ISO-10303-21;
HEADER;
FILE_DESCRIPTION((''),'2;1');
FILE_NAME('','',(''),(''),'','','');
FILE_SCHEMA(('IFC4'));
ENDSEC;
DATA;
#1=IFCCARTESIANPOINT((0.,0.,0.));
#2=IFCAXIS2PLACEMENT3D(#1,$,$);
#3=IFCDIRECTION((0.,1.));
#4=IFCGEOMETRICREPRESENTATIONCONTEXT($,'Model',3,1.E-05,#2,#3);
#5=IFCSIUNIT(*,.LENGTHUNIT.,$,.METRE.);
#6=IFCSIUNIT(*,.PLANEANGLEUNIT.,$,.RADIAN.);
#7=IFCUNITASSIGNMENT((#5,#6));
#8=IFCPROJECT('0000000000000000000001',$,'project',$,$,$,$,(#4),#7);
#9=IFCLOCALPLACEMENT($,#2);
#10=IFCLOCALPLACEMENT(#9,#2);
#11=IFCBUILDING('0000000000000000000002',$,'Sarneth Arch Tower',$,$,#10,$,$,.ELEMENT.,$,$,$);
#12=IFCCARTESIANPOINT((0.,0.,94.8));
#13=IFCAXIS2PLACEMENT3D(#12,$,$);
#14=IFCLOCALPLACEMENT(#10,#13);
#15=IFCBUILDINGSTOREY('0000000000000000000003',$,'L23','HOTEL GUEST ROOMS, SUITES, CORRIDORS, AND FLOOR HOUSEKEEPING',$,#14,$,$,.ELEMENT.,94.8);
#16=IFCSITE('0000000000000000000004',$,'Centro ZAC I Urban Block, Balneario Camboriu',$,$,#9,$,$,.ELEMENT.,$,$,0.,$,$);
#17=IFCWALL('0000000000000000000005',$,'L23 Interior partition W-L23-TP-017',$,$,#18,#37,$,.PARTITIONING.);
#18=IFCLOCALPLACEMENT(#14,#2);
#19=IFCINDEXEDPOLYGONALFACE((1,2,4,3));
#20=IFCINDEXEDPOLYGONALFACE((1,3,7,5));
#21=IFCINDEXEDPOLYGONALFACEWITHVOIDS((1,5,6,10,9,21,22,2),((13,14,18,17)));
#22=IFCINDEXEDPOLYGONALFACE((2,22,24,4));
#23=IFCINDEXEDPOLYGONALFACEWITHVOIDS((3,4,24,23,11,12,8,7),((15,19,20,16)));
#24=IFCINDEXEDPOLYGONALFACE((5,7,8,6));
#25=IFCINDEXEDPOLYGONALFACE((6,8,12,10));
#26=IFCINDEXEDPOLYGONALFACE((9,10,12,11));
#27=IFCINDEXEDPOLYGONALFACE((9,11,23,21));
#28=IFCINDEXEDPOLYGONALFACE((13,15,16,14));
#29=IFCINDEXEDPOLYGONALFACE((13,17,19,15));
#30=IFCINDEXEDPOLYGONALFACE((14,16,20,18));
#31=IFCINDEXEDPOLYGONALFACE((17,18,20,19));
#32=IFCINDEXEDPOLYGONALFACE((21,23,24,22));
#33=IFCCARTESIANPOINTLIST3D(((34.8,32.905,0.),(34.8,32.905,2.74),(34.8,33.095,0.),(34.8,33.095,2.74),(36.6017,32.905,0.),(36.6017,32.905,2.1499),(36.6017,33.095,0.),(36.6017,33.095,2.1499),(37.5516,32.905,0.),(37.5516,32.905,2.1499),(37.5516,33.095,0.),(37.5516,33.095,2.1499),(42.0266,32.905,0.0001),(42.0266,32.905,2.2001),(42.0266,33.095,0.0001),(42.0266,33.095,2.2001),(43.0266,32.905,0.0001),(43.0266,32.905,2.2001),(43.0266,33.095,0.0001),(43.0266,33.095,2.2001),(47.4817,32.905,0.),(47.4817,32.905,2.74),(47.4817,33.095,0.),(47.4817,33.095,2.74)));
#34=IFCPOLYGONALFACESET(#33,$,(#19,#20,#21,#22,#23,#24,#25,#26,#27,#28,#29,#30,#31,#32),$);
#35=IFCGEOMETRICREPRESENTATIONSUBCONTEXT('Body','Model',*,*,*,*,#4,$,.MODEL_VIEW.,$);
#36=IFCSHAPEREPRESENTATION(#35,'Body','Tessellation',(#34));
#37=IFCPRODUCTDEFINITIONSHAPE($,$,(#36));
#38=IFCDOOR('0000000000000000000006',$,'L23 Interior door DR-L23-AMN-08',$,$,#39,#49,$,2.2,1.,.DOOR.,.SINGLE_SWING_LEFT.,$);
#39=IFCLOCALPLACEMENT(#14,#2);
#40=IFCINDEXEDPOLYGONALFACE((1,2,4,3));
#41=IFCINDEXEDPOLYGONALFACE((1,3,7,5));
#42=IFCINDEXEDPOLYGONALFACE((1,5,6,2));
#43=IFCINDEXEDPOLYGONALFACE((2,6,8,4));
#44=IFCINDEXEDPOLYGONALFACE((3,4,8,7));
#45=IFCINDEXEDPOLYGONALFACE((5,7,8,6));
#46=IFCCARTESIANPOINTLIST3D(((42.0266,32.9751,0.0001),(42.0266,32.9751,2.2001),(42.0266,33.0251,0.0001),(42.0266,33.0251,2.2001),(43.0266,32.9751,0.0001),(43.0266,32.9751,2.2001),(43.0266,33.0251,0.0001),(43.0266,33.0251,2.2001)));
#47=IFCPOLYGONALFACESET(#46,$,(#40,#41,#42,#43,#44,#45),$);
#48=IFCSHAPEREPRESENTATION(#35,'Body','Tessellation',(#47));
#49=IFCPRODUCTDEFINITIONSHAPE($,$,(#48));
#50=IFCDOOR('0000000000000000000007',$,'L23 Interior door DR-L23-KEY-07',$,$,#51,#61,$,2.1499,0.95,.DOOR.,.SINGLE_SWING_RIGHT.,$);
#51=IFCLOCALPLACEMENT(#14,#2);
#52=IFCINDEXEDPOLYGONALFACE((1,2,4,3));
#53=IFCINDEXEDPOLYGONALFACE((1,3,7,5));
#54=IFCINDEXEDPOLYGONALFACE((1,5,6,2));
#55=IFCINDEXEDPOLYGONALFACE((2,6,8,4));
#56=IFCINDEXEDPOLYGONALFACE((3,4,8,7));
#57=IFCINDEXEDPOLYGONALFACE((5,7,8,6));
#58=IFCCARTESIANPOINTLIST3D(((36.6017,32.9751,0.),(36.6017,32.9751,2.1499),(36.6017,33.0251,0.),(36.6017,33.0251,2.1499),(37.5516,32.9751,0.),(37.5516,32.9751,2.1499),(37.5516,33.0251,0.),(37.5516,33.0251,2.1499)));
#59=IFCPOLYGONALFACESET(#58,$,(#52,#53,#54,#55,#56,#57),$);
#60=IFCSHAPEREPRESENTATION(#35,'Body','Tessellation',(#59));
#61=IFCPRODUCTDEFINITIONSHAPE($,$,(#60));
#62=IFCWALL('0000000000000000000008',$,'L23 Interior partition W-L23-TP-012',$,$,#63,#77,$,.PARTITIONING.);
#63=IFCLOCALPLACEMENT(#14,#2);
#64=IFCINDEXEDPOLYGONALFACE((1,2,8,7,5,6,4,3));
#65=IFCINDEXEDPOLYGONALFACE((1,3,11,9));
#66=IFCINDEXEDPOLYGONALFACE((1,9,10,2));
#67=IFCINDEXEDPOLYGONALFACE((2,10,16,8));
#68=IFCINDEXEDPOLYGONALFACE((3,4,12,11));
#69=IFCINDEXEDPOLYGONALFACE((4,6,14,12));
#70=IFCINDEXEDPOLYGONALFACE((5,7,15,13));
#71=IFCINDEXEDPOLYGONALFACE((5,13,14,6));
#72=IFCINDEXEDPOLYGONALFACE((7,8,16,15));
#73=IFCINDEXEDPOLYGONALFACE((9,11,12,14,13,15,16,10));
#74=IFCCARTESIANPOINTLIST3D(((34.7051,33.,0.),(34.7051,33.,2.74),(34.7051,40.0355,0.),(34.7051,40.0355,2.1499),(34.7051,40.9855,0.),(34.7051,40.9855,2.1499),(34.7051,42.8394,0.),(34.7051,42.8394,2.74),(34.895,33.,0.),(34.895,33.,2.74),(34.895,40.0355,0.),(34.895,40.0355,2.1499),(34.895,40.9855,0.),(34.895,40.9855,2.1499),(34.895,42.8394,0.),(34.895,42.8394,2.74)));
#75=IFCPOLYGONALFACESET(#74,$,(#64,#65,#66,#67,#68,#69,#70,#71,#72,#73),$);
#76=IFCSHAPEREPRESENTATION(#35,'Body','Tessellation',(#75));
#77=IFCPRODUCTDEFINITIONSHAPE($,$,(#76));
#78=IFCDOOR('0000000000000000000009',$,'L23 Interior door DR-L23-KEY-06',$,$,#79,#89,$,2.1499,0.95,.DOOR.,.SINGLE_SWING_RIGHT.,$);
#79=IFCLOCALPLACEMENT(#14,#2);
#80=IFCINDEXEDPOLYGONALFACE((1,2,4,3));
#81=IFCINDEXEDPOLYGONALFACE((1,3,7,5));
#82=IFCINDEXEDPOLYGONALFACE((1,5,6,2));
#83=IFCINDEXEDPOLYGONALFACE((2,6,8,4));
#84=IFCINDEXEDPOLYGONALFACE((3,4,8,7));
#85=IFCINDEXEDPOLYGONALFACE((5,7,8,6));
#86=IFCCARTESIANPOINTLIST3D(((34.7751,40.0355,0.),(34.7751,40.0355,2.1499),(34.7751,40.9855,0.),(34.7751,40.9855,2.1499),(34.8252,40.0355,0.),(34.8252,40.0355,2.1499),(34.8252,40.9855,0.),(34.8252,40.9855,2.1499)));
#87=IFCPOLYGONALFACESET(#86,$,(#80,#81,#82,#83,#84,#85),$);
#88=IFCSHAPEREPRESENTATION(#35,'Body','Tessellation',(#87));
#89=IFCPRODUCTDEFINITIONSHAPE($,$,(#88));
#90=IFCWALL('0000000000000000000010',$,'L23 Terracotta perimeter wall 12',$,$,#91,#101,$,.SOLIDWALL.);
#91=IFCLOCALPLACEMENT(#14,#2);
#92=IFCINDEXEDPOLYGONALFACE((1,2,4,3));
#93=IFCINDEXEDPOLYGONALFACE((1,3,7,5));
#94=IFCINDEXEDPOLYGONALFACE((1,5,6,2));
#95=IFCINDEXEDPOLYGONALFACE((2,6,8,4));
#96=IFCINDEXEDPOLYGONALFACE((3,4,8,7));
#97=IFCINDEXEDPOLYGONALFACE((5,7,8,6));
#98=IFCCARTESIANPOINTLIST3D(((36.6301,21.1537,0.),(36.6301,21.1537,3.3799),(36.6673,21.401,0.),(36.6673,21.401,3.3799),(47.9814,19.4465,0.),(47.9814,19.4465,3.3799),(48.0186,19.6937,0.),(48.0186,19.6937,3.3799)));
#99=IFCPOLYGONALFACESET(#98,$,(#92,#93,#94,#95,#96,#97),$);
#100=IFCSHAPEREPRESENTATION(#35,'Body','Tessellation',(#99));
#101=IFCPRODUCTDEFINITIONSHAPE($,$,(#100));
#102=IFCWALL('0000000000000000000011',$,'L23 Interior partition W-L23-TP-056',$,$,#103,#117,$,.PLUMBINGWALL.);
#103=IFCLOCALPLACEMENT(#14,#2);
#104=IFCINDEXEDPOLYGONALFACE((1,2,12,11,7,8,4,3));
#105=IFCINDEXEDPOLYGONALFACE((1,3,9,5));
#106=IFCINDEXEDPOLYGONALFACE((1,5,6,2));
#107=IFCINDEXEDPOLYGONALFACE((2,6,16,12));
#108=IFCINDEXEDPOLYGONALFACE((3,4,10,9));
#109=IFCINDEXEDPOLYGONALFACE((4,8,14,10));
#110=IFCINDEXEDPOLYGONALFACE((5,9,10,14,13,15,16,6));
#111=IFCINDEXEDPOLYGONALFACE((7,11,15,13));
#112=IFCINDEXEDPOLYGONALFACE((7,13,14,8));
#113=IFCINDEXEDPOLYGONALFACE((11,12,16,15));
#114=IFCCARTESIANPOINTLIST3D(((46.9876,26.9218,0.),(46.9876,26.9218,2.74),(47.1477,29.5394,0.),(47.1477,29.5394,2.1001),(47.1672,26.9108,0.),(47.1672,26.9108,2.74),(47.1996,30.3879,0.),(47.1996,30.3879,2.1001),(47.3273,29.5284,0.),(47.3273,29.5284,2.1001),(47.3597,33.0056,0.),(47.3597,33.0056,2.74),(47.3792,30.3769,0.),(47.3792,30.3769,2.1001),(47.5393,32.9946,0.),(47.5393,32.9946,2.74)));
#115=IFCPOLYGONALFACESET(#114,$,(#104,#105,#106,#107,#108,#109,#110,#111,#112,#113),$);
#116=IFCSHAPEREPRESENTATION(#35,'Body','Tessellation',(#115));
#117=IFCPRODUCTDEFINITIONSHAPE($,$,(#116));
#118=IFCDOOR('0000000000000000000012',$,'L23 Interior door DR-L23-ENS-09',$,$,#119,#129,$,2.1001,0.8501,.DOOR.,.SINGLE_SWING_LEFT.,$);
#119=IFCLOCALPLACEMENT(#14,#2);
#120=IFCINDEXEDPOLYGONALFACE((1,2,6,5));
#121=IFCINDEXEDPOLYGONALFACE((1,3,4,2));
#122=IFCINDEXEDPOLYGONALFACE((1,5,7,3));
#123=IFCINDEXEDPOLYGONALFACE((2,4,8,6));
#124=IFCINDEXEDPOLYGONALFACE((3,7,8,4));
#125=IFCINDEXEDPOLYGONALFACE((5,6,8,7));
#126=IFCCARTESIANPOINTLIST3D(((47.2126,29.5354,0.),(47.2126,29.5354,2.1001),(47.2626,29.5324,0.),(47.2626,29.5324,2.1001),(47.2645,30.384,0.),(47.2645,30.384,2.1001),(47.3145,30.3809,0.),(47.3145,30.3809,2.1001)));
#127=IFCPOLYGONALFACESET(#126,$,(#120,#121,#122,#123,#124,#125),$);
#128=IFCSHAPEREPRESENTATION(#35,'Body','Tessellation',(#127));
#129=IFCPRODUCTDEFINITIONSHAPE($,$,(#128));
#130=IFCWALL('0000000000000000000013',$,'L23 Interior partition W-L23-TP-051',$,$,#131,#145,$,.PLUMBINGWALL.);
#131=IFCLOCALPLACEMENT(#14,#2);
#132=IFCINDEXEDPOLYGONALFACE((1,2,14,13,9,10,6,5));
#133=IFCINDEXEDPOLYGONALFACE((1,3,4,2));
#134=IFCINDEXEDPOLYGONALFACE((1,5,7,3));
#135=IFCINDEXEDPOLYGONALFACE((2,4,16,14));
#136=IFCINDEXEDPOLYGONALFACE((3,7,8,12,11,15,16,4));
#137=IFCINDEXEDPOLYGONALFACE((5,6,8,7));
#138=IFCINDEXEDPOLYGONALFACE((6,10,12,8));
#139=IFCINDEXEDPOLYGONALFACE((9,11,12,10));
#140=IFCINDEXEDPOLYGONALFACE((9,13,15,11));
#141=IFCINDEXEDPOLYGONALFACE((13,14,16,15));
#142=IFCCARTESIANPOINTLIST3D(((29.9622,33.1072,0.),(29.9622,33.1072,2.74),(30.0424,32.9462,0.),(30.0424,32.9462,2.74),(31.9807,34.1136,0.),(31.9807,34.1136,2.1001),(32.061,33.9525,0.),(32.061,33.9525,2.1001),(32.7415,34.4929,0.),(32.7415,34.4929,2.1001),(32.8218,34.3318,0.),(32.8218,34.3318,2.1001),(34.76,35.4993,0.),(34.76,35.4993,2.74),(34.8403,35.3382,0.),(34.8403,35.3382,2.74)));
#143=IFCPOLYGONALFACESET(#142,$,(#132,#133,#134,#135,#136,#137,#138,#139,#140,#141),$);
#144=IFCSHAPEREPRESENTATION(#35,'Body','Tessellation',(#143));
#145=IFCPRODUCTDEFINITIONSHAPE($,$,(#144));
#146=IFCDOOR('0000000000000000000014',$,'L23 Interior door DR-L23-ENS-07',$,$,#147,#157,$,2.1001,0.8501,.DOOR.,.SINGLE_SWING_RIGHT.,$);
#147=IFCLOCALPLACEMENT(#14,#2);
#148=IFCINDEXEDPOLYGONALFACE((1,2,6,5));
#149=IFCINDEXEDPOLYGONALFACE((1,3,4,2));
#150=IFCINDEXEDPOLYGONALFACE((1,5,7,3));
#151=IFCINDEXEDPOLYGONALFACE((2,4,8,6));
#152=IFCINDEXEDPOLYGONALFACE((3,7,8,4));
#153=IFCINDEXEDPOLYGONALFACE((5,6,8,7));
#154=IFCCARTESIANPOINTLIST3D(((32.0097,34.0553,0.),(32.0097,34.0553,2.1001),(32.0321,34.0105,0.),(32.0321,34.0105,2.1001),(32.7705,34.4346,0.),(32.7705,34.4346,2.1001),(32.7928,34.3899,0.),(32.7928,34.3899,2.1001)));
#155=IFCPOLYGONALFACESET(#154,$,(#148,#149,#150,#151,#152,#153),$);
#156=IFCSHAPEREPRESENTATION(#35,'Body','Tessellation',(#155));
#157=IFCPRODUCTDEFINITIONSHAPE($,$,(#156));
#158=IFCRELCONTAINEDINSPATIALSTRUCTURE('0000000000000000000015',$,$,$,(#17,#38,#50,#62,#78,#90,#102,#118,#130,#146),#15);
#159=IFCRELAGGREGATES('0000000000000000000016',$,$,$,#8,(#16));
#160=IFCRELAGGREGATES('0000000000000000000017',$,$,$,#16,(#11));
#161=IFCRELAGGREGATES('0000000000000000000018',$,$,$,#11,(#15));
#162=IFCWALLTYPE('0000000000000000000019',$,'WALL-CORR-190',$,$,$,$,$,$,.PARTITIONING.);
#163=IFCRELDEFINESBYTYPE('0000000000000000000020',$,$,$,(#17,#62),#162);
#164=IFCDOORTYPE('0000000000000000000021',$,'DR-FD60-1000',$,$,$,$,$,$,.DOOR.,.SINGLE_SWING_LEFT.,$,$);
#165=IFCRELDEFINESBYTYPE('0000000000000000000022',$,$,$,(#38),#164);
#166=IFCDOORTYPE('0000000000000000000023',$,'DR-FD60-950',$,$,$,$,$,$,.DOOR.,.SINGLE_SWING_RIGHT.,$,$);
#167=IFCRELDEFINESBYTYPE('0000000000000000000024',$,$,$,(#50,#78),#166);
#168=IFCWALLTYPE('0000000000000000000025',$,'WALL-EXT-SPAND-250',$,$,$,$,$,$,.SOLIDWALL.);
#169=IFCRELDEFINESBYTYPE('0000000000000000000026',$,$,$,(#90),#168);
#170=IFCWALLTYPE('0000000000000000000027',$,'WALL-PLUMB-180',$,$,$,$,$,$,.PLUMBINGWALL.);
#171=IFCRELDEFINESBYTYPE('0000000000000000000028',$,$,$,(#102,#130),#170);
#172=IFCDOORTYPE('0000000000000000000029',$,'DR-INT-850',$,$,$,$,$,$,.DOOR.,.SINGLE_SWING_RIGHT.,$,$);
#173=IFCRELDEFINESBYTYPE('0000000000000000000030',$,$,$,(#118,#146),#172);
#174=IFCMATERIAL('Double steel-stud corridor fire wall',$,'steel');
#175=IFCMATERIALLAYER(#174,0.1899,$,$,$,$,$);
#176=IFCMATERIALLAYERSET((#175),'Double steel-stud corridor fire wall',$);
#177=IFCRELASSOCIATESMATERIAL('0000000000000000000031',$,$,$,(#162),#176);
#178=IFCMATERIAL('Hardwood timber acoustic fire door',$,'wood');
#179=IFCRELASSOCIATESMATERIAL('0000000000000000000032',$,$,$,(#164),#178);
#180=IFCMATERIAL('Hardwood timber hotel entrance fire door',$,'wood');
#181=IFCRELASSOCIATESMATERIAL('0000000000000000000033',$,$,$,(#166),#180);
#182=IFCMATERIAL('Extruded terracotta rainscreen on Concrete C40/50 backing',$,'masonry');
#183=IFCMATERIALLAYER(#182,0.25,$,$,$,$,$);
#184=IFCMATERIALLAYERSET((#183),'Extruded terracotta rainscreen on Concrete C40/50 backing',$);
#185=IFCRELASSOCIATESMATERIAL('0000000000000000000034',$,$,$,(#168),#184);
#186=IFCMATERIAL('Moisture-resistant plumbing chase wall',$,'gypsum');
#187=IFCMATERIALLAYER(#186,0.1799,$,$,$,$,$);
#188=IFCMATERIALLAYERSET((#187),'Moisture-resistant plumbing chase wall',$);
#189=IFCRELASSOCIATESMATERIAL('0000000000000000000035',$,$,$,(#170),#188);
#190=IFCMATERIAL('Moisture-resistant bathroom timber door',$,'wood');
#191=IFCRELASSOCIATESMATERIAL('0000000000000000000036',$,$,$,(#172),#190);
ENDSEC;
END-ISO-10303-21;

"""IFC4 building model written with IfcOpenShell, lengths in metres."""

from ifc_helpers import new_model, si_unit, direction, frame, frame_2d, origin, place, context, subcontext, project, spatial, rectangle, extrude, material, layer, layer_set, type_object, element, fill, save


model = new_model("IFC4")

# Units and contexts
model_context = context("Model", 3, precision=1e-05, world=origin(), true_north=direction((0.0, 1.0)))
body_context = subcontext(model_context, "Body", "Model", "MODEL_VIEW")
ifc_project = project(units=[si_unit("LENGTHUNIT", "METRE"), si_unit("PLANEANGLEUNIT", "RADIAN")], contexts=[model_context])

# Site, building, storey
site_placement = place(None, origin())
site = spatial("IfcSite", under=ifc_project, at=site_placement, Name="Centro ZAC I Urban Block, Balneario Camboriu", CompositionType="ELEMENT", RefElevation=0.0)
building_placement = place(site_placement, origin())
building = spatial("IfcBuilding", under=site, at=building_placement, Name="Sarneth Arch Tower", CompositionType="ELEMENT")
storey_placement = place(building_placement, frame((0.0, 0.0, 94.8)))
storey = spatial("IfcBuildingStorey", under=building, at=storey_placement, Name="L23", Description="HOTEL GUEST ROOMS, SUITES, CORRIDORS, AND FLOOR HOUSEKEEPING", CompositionType="ELEMENT", Elevation=94.8)

# Wall, openings, doors
ifc_material_1 = material(Name="Double steel-stud corridor fire wall", Category="steel")
ifc_layer_1 = layer(ifc_material_1, 0.1899)
ifc_layer_set_1 = layer_set([ifc_layer_1], Name="Double steel-stud corridor fire wall")
wall_type_1 = type_object("IfcWallType", Name="WALL-CORR-190", PredefinedType="PARTITIONING", material=ifc_layer_set_1)
wall_1_placement = place(storey_placement, frame((47.4817, 33.0, 0.0), z_axis=(0.0, 0.0, 1.0), x_axis=(-1.0, 0.0, 0.0)))
wall_1 = element("IfcWall", 1, at=wall_1_placement, inside=storey, type_object=wall_type_1, Name="L23 Interior partition W-L23-TP-017", PredefinedType="PARTITIONING", context=body_context, shape_type="SweptSolid", body=[
    extrude(rectangle(XDim=12.6816, YDim=0.1899, at=frame_2d((6.3408, 0.0))), origin(), (0.0, 0.0, 1.0), 2.74),
])
opening_1_placement = place(wall_1_placement, frame((4.4551, 0.0, 0.0)))
opening_1 = element("IfcOpeningElement", 2, at=opening_1_placement, cuts=wall_1, PredefinedType="OPENING", context=body_context, shape_type="SweptSolid", body=[
    extrude(rectangle(XDim=1.0, YDim=2.2, at=frame_2d((0.5, 1.1001))), frame((0.0, 0.105, 0.0), z_axis=(0.0, -1.0, 0.0), x_axis=(1.0, 0.0, 0.0)), (0.0, 0.0, 1.0), 0.21),
])
opening_2_placement = place(wall_1_placement, frame((9.9299, 0.0, 0.0)))
opening_2 = element("IfcOpeningElement", 3, at=opening_2_placement, cuts=wall_1, PredefinedType="OPENING", context=body_context, shape_type="SweptSolid", body=[
    extrude(rectangle(XDim=0.95, YDim=2.1499, at=frame_2d((0.4751, 1.075))), frame((0.0, 0.105, 0.0), z_axis=(0.0, -1.0, 0.0), x_axis=(1.0, 0.0, 0.0)), (0.0, 0.0, 1.0), 0.21),
])
ifc_material_2 = material(Name="Hardwood timber acoustic fire door", Category="wood")
door_type_1 = type_object("IfcDoorType", Name="DR-FD60-1000", OperationType="SINGLE_SWING_LEFT", PredefinedType="DOOR", material=ifc_material_2)
door_1_placement = place(opening_1_placement, origin())
door_1 = element("IfcDoor", 4, at=door_1_placement, inside=storey, type_object=door_type_1, Name="L23 Interior door DR-L23-AMN-08", OperationType="SINGLE_SWING_LEFT", OverallHeight=2.2, OverallWidth=1.0, PredefinedType="DOOR", context=body_context, shape_type="SweptSolid", body=[
    extrude(rectangle(XDim=1.0, YDim=2.2, at=frame_2d((0.5, 1.1001))), frame((0.0, 0.0249, 0.0), z_axis=(0.0, -1.0, 0.0), x_axis=(1.0, 0.0, 0.0)), (0.0, 0.0, 1.0), 0.05),
])
fill(opening_1, door_1)
ifc_material_3 = material(Name="Hardwood timber hotel entrance fire door", Category="wood")
door_type_2 = type_object("IfcDoorType", Name="DR-FD60-950", OperationType="SINGLE_SWING_RIGHT", PredefinedType="DOOR", material=ifc_material_3)
door_2_placement = place(opening_2_placement, origin())
door_2 = element("IfcDoor", 5, at=door_2_placement, inside=storey, type_object=door_type_2, Name="L23 Interior door DR-L23-KEY-07", OperationType="SINGLE_SWING_RIGHT", OverallHeight=2.1499, OverallWidth=0.95, PredefinedType="DOOR", context=body_context, shape_type="SweptSolid", body=[
    extrude(rectangle(XDim=0.95, YDim=2.1499, at=frame_2d((0.4751, 1.075))), frame((0.0, 0.0249, 0.0), z_axis=(0.0, -1.0, 0.0), x_axis=(1.0, 0.0, 0.0)), (0.0, 0.0, 1.0), 0.05),
])
fill(opening_2, door_2)

# Wall, opening, door
wall_2_placement = place(storey_placement, frame((34.8, 33.0, 0.0), z_axis=(0.0, 0.0, 1.0), x_axis=(0.0, 1.0, 0.0)))
wall_2 = element("IfcWall", 6, at=wall_2_placement, inside=storey, type_object=wall_type_1, Name="L23 Interior partition W-L23-TP-012", PredefinedType="PARTITIONING", context=body_context, shape_type="SweptSolid", body=[
    extrude(rectangle(XDim=9.8394, YDim=0.1899, at=frame_2d((4.9197, 0.0))), origin(), (0.0, 0.0, 1.0), 2.74),
])
opening_3_placement = place(wall_2_placement, frame((7.0354, 0.0, 0.0)))
opening_3 = element("IfcOpeningElement", 7, at=opening_3_placement, cuts=wall_2, PredefinedType="OPENING", context=body_context, shape_type="SweptSolid", body=[
    extrude(rectangle(XDim=0.95, YDim=2.1499, at=frame_2d((0.4751, 1.075))), frame((0.0, 0.105, 0.0), z_axis=(0.0, -1.0, 0.0), x_axis=(1.0, 0.0, 0.0)), (0.0, 0.0, 1.0), 0.21),
])
door_3_placement = place(opening_3_placement, origin())
door_3 = element("IfcDoor", 8, at=door_3_placement, inside=storey, type_object=door_type_2, Name="L23 Interior door DR-L23-KEY-06", OperationType="SINGLE_SWING_RIGHT", OverallHeight=2.1499, OverallWidth=0.95, PredefinedType="DOOR", context=body_context, shape_type="SweptSolid", body=[
    extrude(rectangle(XDim=0.95, YDim=2.1499, at=frame_2d((0.4751, 1.075))), frame((0.0, 0.0249, 0.0), z_axis=(0.0, -1.0, 0.0), x_axis=(1.0, 0.0, 0.0)), (0.0, 0.0, 1.0), 0.05),
])
fill(opening_3, door_3)

# Wall
ifc_material_4 = material(Name="Extruded terracotta rainscreen on Concrete C40/50 backing", Category="masonry")
ifc_layer_2 = layer(ifc_material_4, 0.25)
ifc_layer_set_2 = layer_set([ifc_layer_2], Name="Extruded terracotta rainscreen on Concrete C40/50 backing")
wall_type_2 = type_object("IfcWallType", Name="WALL-EXT-SPAND-250", PredefinedType="SOLIDWALL", material=ifc_layer_set_2)
wall_3_placement = place(storey_placement, frame((36.6487, 21.2773, 0.0), z_axis=(0.0, 0.0, 1.0), x_axis=(0.988878, -0.14873, 0.0)))
element("IfcWall", 9, at=wall_3_placement, inside=storey, type_object=wall_type_2, Name="L23 Terracotta perimeter wall 12", PredefinedType="SOLIDWALL", context=body_context, shape_type="SweptSolid", body=[
    extrude(rectangle(XDim=11.479, YDim=0.25, at=frame_2d((5.7395, 0.0))), origin(), (0.0, 0.0, 1.0), 3.3799),
])

# Walls, openings, doors
ifc_material_5 = material(Name="Moisture-resistant plumbing chase wall", Category="gypsum")
ifc_layer_3 = layer(ifc_material_5, 0.1799)
ifc_layer_set_3 = layer_set([ifc_layer_3], Name="Moisture-resistant plumbing chase wall")
wall_type_3 = type_object("IfcWallType", Name="WALL-PLUMB-180", PredefinedType="PLUMBINGWALL", material=ifc_layer_set_3)
wall_4_placement = place(storey_placement, frame((47.0774, 26.9163, 0.0), z_axis=(0.0, 0.0, 1.0), x_axis=(0.061044, 0.998135, 0.0)))
wall_4 = element("IfcWall", 10, at=wall_4_placement, inside=storey, type_object=wall_type_3, Name="L23 Interior partition W-L23-TP-056", PredefinedType="PLUMBINGWALL", context=body_context, shape_type="SweptSolid", body=[
    extrude(rectangle(XDim=6.0952, YDim=0.1799, at=frame_2d((3.0476, 0.0))), origin(), (0.0, 0.0, 1.0), 2.74),
])
opening_4_placement = place(wall_4_placement, frame((2.6226, 0.0, 0.0)))
opening_4 = element("IfcOpeningElement", 11, at=opening_4_placement, cuts=wall_4, PredefinedType="OPENING", context=body_context, shape_type="SweptSolid", body=[
    extrude(rectangle(XDim=0.8501, YDim=2.1001, at=frame_2d((0.425, 1.05))), frame((0.0, 0.0999, 0.0), z_axis=(0.0, -1.0, 0.0), x_axis=(1.0, 0.0, 0.0)), (0.0, 0.0, 1.0), 0.2),
])
ifc_material_6 = material(Name="Moisture-resistant bathroom timber door", Category="wood")
door_type_3 = type_object("IfcDoorType", Name="DR-INT-850", OperationType="SINGLE_SWING_RIGHT", PredefinedType="DOOR", material=ifc_material_6)
door_4_placement = place(opening_4_placement, origin())
door_4 = element("IfcDoor", 12, at=door_4_placement, inside=storey, type_object=door_type_3, Name="L23 Interior door DR-L23-ENS-09", OperationType="SINGLE_SWING_LEFT", OverallHeight=2.1001, OverallWidth=0.8501, PredefinedType="DOOR", context=body_context, shape_type="SweptSolid", body=[
    extrude(rectangle(XDim=0.8501, YDim=2.1001, at=frame_2d((0.425, 1.05))), frame((0.0, 0.0249, 0.0), z_axis=(0.0, -1.0, 0.0), x_axis=(1.0, 0.0, 0.0)), (0.0, 0.0, 1.0), 0.05),
])
fill(opening_4, door_4)
wall_5_placement = place(storey_placement, frame((30.0022, 33.0266, 0.0), z_axis=(0.0, 0.0, 1.0), x_axis=(0.894937, 0.446193, 0.0)))
wall_5 = element("IfcWall", 13, at=wall_5_placement, inside=storey, type_object=wall_type_3, Name="L23 Interior partition W-L23-TP-051", PredefinedType="PLUMBINGWALL", context=body_context, shape_type="SweptSolid", body=[
    extrude(rectangle(XDim=5.3611, YDim=0.1799, at=frame_2d((2.6807, 0.0))), origin(), (0.0, 0.0, 1.0), 2.74),
])
opening_5_placement = place(wall_5_placement, frame((2.2556, 0.0, 0.0)))
opening_5 = element("IfcOpeningElement", 14, at=opening_5_placement, cuts=wall_5, PredefinedType="OPENING", context=body_context, shape_type="SweptSolid", body=[
    extrude(rectangle(XDim=0.8501, YDim=2.1001, at=frame_2d((0.425, 1.05))), frame((0.0, 0.0999, 0.0), z_axis=(0.0, -1.0, 0.0), x_axis=(1.0, 0.0, 0.0)), (0.0, 0.0, 1.0), 0.2),
])
door_5_placement = place(opening_5_placement, origin())
door_5 = element("IfcDoor", 15, at=door_5_placement, inside=storey, type_object=door_type_3, Name="L23 Interior door DR-L23-ENS-07", OperationType="SINGLE_SWING_RIGHT", OverallHeight=2.1001, OverallWidth=0.8501, PredefinedType="DOOR", context=body_context, shape_type="SweptSolid", body=[
    extrude(rectangle(XDim=0.8501, YDim=2.1001, at=frame_2d((0.425, 1.05))), frame((0.0, 0.0249, 0.0), z_axis=(0.0, -1.0, 0.0), x_axis=(1.0, 0.0, 0.0)), (0.0, 0.0, 1.0), 0.05),
])
fill(opening_5, door_5)

save(model, "model.ifc")
